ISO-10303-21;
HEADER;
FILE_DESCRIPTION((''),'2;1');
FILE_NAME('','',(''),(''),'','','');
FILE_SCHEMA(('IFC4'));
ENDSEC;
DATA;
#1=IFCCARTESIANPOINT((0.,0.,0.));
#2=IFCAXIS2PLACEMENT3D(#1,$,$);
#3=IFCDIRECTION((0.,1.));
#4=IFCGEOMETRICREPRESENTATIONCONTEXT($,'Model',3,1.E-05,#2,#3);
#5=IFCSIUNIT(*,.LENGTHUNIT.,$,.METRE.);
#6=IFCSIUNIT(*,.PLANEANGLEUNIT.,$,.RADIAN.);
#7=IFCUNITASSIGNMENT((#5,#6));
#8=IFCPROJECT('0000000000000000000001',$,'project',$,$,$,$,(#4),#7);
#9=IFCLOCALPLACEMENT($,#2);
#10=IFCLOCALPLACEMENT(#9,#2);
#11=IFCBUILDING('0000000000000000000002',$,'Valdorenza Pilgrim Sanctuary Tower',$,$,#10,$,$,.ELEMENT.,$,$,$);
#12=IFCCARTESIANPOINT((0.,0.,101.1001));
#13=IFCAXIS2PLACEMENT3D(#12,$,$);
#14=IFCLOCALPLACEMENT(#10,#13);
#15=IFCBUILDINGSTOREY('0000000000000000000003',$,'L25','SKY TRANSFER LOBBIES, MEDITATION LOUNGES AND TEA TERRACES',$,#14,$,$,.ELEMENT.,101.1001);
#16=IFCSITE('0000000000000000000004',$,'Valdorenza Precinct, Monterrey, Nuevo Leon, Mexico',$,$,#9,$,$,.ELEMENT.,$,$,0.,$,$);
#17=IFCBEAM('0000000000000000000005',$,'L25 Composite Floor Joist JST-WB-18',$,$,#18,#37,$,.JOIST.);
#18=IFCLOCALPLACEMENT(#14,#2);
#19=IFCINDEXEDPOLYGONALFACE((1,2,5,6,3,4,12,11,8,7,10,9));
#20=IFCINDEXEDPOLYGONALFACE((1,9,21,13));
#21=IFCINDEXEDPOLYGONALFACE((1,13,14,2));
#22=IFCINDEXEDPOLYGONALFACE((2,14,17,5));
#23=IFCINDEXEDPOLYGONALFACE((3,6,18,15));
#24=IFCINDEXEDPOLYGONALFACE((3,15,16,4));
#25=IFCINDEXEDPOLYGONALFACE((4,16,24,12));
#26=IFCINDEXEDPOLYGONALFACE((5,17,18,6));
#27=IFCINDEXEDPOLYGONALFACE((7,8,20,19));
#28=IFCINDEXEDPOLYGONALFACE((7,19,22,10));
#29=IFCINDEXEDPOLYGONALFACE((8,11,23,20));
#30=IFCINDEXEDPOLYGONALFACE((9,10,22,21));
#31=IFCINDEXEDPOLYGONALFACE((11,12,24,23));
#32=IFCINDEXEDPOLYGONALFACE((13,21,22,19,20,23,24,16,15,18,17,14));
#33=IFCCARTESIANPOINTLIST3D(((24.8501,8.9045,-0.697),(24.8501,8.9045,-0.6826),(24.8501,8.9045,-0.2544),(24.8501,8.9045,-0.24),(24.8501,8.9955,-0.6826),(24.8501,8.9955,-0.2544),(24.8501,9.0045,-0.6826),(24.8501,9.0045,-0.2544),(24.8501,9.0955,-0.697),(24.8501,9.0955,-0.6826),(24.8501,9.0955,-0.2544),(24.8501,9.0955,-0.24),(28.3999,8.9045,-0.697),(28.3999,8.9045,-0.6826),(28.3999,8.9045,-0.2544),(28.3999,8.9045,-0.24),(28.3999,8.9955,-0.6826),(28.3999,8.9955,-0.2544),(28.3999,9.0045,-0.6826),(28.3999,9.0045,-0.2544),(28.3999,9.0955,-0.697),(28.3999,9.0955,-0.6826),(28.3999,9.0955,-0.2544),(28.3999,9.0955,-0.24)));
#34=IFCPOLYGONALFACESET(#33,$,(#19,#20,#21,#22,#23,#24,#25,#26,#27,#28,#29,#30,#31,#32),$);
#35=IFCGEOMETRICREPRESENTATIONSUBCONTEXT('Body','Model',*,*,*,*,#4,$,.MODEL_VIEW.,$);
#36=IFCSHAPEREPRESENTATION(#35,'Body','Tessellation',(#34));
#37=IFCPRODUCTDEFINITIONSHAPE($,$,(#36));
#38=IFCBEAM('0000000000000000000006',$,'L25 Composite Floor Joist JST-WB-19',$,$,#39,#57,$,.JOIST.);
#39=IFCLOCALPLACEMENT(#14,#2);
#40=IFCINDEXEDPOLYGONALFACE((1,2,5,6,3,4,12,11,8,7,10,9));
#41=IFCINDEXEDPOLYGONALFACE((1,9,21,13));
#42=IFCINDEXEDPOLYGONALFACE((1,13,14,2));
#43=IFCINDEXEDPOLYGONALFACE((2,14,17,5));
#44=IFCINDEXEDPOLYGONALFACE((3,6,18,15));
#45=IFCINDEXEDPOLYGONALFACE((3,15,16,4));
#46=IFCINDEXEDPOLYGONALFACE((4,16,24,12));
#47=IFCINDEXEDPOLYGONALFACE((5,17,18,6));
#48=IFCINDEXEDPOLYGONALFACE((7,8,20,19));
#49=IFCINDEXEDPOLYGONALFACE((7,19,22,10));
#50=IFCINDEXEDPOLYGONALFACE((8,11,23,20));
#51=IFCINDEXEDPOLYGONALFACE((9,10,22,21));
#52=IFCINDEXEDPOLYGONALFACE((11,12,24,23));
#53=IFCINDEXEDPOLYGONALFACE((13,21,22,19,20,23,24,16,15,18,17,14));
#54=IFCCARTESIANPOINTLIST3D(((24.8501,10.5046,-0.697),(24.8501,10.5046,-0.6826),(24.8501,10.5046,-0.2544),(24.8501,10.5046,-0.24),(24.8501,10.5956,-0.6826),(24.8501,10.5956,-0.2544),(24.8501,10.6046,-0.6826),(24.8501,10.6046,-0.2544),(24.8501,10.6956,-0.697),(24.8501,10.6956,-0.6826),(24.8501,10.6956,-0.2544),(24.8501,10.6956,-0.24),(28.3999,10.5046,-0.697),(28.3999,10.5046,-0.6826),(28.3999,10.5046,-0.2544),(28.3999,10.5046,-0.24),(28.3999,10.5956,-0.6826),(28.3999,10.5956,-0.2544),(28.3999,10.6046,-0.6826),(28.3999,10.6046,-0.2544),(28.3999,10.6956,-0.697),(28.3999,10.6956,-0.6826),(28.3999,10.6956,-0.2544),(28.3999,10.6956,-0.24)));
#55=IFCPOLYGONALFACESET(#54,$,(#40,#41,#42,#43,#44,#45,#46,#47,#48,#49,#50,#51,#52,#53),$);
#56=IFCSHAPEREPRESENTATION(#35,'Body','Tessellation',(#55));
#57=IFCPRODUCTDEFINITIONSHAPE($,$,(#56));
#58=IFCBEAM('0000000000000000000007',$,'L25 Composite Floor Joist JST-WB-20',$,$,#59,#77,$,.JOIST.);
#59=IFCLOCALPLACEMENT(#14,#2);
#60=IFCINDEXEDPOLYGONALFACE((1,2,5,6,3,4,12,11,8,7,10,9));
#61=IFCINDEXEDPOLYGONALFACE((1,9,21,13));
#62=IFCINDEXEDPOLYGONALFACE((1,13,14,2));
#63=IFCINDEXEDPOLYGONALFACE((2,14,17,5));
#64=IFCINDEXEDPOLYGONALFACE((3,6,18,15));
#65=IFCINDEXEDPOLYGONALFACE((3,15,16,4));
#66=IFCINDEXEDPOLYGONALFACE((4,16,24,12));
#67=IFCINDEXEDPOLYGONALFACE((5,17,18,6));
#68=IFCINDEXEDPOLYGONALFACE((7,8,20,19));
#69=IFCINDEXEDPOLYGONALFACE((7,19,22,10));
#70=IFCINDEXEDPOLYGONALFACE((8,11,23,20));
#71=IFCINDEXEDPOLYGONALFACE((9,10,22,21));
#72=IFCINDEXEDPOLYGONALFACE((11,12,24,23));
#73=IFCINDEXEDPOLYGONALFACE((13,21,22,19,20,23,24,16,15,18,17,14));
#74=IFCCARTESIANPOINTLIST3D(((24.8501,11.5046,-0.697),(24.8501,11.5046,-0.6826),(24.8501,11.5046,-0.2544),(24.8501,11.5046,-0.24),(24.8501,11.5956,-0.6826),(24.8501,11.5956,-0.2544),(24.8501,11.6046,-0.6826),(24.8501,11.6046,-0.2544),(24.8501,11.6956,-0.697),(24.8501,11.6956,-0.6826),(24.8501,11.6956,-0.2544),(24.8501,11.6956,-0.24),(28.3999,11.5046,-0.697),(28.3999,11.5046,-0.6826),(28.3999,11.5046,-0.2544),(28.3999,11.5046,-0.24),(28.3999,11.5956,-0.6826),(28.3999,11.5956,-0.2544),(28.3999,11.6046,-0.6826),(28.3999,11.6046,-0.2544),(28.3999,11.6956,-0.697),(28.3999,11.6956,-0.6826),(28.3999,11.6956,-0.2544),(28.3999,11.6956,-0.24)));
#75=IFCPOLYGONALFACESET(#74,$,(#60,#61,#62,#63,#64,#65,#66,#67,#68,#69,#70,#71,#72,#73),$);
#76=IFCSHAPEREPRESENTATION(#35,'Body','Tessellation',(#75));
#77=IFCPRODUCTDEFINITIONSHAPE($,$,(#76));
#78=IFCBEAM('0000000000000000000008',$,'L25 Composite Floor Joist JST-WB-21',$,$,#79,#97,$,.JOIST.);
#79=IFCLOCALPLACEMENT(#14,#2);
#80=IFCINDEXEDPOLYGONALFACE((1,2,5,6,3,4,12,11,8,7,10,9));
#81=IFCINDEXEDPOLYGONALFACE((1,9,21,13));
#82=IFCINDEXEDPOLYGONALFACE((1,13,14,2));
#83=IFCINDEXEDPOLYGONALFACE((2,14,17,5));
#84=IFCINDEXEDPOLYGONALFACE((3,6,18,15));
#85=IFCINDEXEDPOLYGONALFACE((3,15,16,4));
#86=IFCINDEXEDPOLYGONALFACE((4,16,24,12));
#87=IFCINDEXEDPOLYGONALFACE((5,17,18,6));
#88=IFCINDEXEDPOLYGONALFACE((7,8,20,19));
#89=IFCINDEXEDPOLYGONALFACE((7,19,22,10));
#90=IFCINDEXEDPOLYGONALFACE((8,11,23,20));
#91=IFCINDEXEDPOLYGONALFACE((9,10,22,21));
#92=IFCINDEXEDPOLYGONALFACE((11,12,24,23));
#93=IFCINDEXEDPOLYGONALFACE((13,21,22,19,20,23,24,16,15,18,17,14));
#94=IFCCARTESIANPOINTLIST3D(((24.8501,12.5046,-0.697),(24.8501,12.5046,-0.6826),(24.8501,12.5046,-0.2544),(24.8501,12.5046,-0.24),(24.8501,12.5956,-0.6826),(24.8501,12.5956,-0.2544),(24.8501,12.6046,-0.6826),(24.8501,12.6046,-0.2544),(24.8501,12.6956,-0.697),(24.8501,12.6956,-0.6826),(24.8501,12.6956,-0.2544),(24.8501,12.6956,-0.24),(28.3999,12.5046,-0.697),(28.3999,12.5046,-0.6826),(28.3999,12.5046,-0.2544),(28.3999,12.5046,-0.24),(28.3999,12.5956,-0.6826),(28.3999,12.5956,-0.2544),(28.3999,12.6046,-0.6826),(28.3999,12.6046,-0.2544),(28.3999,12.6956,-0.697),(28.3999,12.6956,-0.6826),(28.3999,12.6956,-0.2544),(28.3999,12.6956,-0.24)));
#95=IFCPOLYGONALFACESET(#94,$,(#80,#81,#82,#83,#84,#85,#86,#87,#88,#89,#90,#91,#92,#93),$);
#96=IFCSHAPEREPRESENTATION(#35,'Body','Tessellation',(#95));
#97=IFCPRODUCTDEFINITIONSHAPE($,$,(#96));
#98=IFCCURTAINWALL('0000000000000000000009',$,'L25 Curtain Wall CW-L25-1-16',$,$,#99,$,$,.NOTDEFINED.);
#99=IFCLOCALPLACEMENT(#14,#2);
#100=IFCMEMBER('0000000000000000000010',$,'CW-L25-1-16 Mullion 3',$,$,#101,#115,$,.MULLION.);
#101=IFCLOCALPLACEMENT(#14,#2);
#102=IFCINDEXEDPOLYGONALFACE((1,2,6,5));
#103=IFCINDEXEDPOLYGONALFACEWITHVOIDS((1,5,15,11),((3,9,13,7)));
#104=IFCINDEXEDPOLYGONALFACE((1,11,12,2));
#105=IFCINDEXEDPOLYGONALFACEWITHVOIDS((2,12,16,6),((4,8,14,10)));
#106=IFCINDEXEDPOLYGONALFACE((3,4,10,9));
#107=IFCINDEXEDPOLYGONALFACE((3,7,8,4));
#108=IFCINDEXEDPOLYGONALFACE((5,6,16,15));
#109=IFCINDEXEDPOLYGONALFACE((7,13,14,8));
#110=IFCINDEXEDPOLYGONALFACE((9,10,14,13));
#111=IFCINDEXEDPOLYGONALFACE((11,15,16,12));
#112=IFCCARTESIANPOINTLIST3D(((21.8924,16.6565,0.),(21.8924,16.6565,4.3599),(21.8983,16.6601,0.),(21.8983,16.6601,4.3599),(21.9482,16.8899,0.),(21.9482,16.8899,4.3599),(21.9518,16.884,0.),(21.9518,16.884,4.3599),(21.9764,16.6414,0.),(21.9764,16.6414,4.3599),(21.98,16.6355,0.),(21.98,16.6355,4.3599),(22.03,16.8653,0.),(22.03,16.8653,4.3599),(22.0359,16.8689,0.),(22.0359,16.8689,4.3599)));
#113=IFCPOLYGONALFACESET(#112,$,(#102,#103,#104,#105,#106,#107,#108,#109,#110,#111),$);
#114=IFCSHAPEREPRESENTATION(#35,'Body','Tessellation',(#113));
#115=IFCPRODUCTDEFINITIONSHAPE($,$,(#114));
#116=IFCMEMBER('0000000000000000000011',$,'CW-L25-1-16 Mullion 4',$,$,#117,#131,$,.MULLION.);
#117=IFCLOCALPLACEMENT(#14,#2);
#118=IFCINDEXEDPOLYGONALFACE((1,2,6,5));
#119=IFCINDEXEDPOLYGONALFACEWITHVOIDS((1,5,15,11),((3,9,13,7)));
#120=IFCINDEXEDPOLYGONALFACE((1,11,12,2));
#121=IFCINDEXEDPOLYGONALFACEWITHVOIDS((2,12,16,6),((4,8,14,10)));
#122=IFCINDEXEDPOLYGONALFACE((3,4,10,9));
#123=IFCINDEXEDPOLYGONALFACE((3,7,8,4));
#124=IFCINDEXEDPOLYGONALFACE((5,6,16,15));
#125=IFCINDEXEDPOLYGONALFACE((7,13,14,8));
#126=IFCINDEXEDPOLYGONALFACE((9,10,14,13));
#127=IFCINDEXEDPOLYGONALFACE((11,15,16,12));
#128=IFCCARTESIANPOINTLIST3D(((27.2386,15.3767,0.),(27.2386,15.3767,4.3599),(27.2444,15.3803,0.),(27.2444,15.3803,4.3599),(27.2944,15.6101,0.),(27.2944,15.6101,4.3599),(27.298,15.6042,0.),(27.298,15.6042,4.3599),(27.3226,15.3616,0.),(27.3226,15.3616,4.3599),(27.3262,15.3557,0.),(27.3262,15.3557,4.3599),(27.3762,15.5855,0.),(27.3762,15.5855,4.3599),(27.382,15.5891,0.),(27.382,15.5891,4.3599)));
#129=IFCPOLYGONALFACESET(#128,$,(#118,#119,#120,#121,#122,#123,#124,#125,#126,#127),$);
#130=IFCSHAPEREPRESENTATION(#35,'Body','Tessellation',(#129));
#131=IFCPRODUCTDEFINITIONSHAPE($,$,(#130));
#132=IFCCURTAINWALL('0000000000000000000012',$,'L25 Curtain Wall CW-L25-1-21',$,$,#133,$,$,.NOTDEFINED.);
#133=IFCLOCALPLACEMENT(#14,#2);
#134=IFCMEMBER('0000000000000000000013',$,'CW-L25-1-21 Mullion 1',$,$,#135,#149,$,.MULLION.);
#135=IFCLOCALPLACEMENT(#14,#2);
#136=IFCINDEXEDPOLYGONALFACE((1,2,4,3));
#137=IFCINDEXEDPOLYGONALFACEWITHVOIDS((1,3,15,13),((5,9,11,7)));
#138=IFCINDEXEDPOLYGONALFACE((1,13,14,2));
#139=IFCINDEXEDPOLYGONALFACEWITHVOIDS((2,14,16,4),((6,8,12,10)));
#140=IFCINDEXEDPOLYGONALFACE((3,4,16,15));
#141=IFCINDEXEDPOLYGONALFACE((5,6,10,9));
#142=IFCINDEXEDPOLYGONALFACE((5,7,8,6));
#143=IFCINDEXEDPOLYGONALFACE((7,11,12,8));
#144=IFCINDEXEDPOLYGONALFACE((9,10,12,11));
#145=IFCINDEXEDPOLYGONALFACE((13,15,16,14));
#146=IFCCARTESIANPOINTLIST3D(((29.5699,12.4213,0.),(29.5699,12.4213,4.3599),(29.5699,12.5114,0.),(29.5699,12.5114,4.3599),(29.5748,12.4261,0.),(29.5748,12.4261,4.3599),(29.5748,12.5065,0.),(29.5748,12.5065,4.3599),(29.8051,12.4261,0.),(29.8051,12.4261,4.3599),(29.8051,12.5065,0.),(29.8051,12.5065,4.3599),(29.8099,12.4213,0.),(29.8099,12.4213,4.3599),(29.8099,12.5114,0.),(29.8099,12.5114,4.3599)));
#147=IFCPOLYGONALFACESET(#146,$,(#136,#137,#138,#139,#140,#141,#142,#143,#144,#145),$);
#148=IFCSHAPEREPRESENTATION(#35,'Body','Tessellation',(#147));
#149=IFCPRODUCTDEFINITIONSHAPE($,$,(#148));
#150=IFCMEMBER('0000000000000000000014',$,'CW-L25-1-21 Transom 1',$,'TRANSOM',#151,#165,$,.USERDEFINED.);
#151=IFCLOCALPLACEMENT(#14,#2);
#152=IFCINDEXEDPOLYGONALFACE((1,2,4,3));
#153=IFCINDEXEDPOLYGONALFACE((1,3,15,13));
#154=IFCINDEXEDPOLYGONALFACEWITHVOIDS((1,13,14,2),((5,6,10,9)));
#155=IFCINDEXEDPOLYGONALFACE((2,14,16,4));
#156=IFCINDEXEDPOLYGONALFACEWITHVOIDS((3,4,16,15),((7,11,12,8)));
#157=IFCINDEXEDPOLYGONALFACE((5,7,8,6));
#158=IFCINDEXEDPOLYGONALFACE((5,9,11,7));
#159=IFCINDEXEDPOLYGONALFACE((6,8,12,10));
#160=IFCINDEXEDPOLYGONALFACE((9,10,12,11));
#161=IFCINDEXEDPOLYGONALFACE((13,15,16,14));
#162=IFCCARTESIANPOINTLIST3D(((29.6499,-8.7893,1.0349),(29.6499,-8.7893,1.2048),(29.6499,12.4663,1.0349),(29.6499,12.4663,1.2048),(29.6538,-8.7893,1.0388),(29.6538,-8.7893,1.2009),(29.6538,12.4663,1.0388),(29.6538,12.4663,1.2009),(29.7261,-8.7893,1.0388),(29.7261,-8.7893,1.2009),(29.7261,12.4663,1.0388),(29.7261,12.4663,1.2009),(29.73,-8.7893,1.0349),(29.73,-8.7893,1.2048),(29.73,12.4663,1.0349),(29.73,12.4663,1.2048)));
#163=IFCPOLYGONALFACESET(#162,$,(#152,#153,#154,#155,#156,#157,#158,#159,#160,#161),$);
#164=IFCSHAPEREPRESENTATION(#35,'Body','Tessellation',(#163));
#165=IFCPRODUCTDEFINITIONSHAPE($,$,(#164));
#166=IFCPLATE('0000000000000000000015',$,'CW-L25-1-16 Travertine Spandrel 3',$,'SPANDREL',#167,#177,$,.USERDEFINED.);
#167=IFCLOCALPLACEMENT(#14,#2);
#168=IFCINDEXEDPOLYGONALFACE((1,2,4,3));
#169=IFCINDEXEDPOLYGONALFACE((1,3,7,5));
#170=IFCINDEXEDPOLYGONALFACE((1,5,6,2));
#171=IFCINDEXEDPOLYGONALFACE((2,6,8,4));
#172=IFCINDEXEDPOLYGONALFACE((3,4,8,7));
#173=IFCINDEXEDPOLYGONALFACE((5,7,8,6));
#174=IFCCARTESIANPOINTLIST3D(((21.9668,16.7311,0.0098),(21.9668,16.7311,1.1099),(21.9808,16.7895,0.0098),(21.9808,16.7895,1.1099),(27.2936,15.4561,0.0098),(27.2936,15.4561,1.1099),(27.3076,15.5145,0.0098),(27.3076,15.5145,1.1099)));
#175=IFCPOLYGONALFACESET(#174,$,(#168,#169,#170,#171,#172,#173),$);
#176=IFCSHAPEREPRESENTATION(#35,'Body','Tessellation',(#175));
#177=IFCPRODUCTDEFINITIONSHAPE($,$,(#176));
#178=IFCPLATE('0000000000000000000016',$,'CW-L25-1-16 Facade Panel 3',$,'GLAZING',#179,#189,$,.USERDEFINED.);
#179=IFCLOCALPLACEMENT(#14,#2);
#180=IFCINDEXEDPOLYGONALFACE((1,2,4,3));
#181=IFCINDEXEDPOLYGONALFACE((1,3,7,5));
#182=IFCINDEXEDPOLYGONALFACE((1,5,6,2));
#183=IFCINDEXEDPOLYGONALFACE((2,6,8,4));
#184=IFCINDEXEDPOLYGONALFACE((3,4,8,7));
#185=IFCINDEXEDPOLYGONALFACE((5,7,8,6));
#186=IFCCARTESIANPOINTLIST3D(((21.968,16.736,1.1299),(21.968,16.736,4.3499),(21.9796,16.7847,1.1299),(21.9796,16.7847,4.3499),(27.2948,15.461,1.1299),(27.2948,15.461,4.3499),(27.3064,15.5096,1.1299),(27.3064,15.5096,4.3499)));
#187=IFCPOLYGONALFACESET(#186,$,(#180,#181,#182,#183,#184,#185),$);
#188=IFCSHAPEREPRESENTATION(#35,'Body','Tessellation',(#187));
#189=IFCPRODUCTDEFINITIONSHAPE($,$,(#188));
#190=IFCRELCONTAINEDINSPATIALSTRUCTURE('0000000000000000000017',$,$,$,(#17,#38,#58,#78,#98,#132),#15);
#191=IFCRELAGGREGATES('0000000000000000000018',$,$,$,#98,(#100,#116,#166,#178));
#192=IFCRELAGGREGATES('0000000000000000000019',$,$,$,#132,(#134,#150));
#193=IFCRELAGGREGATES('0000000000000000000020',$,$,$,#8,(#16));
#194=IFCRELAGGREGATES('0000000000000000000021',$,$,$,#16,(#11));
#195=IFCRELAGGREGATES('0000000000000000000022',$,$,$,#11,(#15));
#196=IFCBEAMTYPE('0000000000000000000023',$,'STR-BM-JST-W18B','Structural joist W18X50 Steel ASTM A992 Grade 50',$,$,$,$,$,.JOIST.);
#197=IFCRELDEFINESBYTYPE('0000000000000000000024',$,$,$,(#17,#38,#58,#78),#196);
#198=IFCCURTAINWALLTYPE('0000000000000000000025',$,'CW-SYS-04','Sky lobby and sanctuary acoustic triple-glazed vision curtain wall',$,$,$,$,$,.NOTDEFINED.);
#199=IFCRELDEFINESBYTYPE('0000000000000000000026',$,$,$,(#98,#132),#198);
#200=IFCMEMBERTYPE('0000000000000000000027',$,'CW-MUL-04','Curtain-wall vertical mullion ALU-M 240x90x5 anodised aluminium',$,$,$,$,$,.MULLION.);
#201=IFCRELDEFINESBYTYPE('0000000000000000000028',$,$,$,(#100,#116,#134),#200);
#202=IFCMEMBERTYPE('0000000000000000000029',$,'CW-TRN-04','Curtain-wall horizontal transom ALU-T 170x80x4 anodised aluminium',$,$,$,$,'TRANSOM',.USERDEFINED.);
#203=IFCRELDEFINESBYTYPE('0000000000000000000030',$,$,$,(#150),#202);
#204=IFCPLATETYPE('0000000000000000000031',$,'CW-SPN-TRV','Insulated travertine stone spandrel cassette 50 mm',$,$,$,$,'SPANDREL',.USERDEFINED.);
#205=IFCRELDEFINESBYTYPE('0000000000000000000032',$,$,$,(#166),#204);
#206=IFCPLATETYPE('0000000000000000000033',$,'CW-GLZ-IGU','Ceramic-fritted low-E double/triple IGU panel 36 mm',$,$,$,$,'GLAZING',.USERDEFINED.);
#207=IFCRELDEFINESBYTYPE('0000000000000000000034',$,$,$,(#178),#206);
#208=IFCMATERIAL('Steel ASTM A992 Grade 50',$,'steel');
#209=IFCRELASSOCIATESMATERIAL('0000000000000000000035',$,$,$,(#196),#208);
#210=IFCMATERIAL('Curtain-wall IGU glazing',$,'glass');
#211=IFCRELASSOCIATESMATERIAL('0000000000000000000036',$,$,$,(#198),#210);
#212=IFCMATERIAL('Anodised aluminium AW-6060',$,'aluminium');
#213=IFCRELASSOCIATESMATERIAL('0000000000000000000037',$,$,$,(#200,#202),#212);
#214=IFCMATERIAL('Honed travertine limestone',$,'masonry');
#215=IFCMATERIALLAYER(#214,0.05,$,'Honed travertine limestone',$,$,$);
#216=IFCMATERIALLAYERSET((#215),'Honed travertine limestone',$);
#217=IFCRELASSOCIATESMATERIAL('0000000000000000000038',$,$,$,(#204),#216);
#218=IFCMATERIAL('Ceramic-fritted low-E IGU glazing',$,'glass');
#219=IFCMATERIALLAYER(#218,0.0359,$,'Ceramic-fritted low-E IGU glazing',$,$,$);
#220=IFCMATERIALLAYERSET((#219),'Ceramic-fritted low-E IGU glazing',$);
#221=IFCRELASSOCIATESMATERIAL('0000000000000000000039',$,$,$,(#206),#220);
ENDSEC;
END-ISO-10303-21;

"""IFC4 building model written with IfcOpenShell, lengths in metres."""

from ifc_helpers import new_model, si_unit, direction, frame, origin, origin_2d, place, context, subcontext, project, spatial, rectangle, hollow_rectangle, i_section, extrude, source, transform, mapped, material, layer, layer_set, material_profile, profile_set, type_object, element, aggregate, save


model = new_model("IFC4")

# Units and contexts
model_context = context("Model", 3, precision=1e-05, world=origin(), true_north=direction((0.0, 1.0)))
body_context = subcontext(model_context, "Body", "Model", "MODEL_VIEW")
ifc_project = project(units=[si_unit("LENGTHUNIT", "METRE"), si_unit("PLANEANGLEUNIT", "RADIAN")], contexts=[model_context])

# Site, building, storey
site_placement = place(None, origin())
site = spatial("IfcSite", under=ifc_project, at=site_placement, Name="Valdorenza Precinct, Monterrey, Nuevo Leon, Mexico", CompositionType="ELEMENT", RefElevation=0.0)
building_placement = place(site_placement, origin())
building = spatial("IfcBuilding", under=site, at=building_placement, Name="Valdorenza Pilgrim Sanctuary Tower", CompositionType="ELEMENT")
storey_placement = place(building_placement, frame((0.0, 0.0, 101.1001)))
storey = spatial("IfcBuildingStorey", under=building, at=storey_placement, Name="L25", Description="SKY TRANSFER LOBBIES, MEDITATION LOUNGES AND TEA TERRACES", CompositionType="ELEMENT", Elevation=101.1001)

# Shared definitions
ifc_material_1 = material(Name="Steel ASTM A992 Grade 50", Category="steel")

# Beams
ifc_material_profile_1 = material_profile(ifc_material_1, i_section(OverallWidth=0.1909, OverallDepth=0.457, WebThickness=0.009, FlangeThickness=0.0144, at=origin_2d()), Name="W18X50")
ifc_profile_set_1 = profile_set([ifc_material_profile_1], Name="Steel ASTM A992 Grade 50")
beam_type_1 = type_object("IfcBeamType", Name="STR-BM-JST-W18B", Description="Structural joist W18X50 Steel ASTM A992 Grade 50", PredefinedType="JOIST", material=ifc_profile_set_1)
shared_shape_1 = source(origin(), body_context, "Body", "SweptSolid", [
    extrude(i_section(OverallWidth=0.1909, OverallDepth=0.457, WebThickness=0.009, FlangeThickness=0.0144, at=origin_2d()), origin(), (0.0, 0.0, 1.0), 3.5498),
])
for number, where, z_axis, x_axis, name in (
    (1, (24.8501, 9.0, -0.4685), (1.0, 0.0, 0.0), (0.0, 1.0, 0.0), "L25 Composite Floor Joist JST-WB-18"),
    (2, (24.8501, 10.6001, -0.4685), (1.0, 0.0, 0.0), (0.0, 1.0, 0.0), "L25 Composite Floor Joist JST-WB-19"),
    (3, (24.8501, 11.6001, -0.4685), (1.0, 0.0, 0.0), (0.0, 1.0, 0.0), "L25 Composite Floor Joist JST-WB-20"),
    (4, (24.8501, 12.6001, -0.4685), (1.0, 0.0, 0.0), (0.0, 1.0, 0.0), "L25 Composite Floor Joist JST-WB-21"),
):
    element("IfcBeam", number, at=place(storey_placement, frame(where, z_axis=z_axis, x_axis=x_axis)), inside=storey, type_object=beam_type_1, Name=name, PredefinedType="JOIST", context=body_context, shape_type="MappedRepresentation", body=[
        mapped(shared_shape_1, transform((0.0, 0.0, 0.0), x_axis=(1.0, 0.0, 0.0), y_axis=(0.0, 1.0, 0.0), z_axis=(0.0, 0.0, 1.0), scale=1.0)),
    ])

# Curtain walls, members
ifc_material_2 = material(Name="Curtain-wall IGU glazing", Category="glass")
curtain_wall_type = type_object("IfcCurtainWallType", Name="CW-SYS-04", Description="Sky lobby and sanctuary acoustic triple-glazed vision curtain wall", PredefinedType="NOTDEFINED", material=ifc_material_2)
curtain_wall_1_placement = place(storey_placement, origin())
curtain_wall_1 = element("IfcCurtainWall", 5, at=curtain_wall_1_placement, inside=storey, type_object=curtain_wall_type, Name="L25 Curtain Wall CW-L25-1-16", PredefinedType="NOTDEFINED")
ifc_material_3 = material(Name="Anodised aluminium AW-6060", Category="aluminium")
ifc_material_profile_2 = material_profile(ifc_material_3, hollow_rectangle(XDim=0.0901, YDim=0.24, WallThickness=0.0049, at=origin_2d()), Name="ALU-M 240x90x5")
ifc_profile_set_2 = profile_set([ifc_material_profile_2], Name="Anodised aluminium AW-6060")
member_type_1 = type_object("IfcMemberType", Name="CW-MUL-04", Description="Curtain-wall vertical mullion ALU-M 240x90x5 anodised aluminium", PredefinedType="MULLION", material=ifc_profile_set_2)
shared_shape_2 = source(origin(), body_context, "Body", "SweptSolid", [
    extrude(hollow_rectangle(XDim=0.0901, YDim=0.24, WallThickness=0.0049, at=origin_2d()), origin(), (0.0, 0.0, 1.0), 4.3599),
])
member_1_placement = place(storey_placement, frame((21.9641, 16.7627, 0.0), z_axis=(0.0, 0.0, 1.0), x_axis=(0.972529, -0.232783, 0.0)))
member_1 = element("IfcMember", 6, at=member_1_placement, type_object=member_type_1, Name="CW-L25-1-16 Mullion 3", PredefinedType="MULLION", context=body_context, shape_type="MappedRepresentation", body=[
    mapped(shared_shape_2, transform((0.0, 0.0, 0.0), x_axis=(1.0, 0.0, 0.0), y_axis=(0.0, 1.0, 0.0), z_axis=(0.0, 0.0, 1.0), scale=1.0)),
])
member_2_placement = place(storey_placement, frame((27.3103, 15.4829, 0.0), z_axis=(0.0, 0.0, 1.0), x_axis=(0.972529, -0.232783, 0.0)))
member_2 = element("IfcMember", 7, at=member_2_placement, type_object=member_type_1, Name="CW-L25-1-16 Mullion 4", PredefinedType="MULLION", context=body_context, shape_type="MappedRepresentation", body=[
    mapped(shared_shape_2, transform((0.0, 0.0, 0.0), x_axis=(1.0, 0.0, 0.0), y_axis=(0.0, 1.0, 0.0), z_axis=(0.0, 0.0, 1.0), scale=1.0)),
])
curtain_wall_2_placement = place(storey_placement, origin())
curtain_wall_2 = element("IfcCurtainWall", 8, at=curtain_wall_2_placement, inside=storey, type_object=curtain_wall_type, Name="L25 Curtain Wall CW-L25-1-21", PredefinedType="NOTDEFINED")
member_3_placement = place(storey_placement, frame((29.6899, 12.4663, 0.0), z_axis=(0.0, 0.0, 1.0), x_axis=(0.0, -1.0, 0.0)))
member_3 = element("IfcMember", 9, at=member_3_placement, type_object=member_type_1, Name="CW-L25-1-21 Mullion 1", PredefinedType="MULLION", context=body_context, shape_type="MappedRepresentation", body=[
    mapped(shared_shape_2, transform((0.0, 0.0, 0.0), x_axis=(1.0, 0.0, 0.0), y_axis=(0.0, 1.0, 0.0), z_axis=(0.0, 0.0, 1.0), scale=1.0)),
])
ifc_material_profile_3 = material_profile(ifc_material_3, hollow_rectangle(XDim=0.0801, YDim=0.1699, WallThickness=0.0039, at=origin_2d()), Name="ALU-T 170x80x4")
ifc_profile_set_3 = profile_set([ifc_material_profile_3], Name="Anodised aluminium AW-6060")
member_type_2 = type_object("IfcMemberType", Name="CW-TRN-04", Description="Curtain-wall horizontal transom ALU-T 170x80x4 anodised aluminium", ElementType="TRANSOM", PredefinedType="USERDEFINED", material=ifc_profile_set_3)
shared_shape_3 = source(origin(), body_context, "Body", "SweptSolid", [
    extrude(hollow_rectangle(XDim=0.0801, YDim=0.1699, WallThickness=0.0039, at=origin_2d()), origin(), (0.0, 0.0, 1.0), 21.2556),
])
member_4_placement = place(storey_placement, frame((29.6899, 12.4663, 1.1199), z_axis=(0.0, -1.0, 0.0), x_axis=(1.0, 0.0, 0.0)))
member_4 = element("IfcMember", 10, at=member_4_placement, type_object=member_type_2, Name="CW-L25-1-21 Transom 1", ObjectType="TRANSOM", PredefinedType="USERDEFINED", context=body_context, shape_type="MappedRepresentation", body=[
    mapped(shared_shape_3, transform((0.0, 0.0, 0.0), x_axis=(1.0, 0.0, 0.0), y_axis=(0.0, 1.0, 0.0), z_axis=(0.0, 0.0, 1.0), scale=1.0)),
])

# Plates
ifc_material_4 = material(Name="Honed travertine limestone", Category="masonry")
ifc_layer_1 = layer(ifc_material_4, 0.05, Name="Honed travertine limestone")
ifc_layer_set_1 = layer_set([ifc_layer_1], Name="Honed travertine limestone")
plate_type_1 = type_object("IfcPlateType", Name="CW-SPN-TRV", Description="Insulated travertine stone spandrel cassette 50 mm", ElementType="SPANDREL", PredefinedType="USERDEFINED", material=ifc_layer_set_1)
shared_shape_4 = source(origin(), body_context, "Body", "SweptSolid", [
    extrude(rectangle(XDim=5.4773, YDim=0.0601, at=origin_2d()), origin(), (0.0, 0.0, 1.0), 1.1001),
])
plate_1_placement = place(storey_placement, frame((24.6372, 16.1228, 0.0098), z_axis=(0.0, 0.0, 1.0), x_axis=(0.972529, -0.232783, 0.0)))
plate_1 = element("IfcPlate", 11, at=plate_1_placement, type_object=plate_type_1, Name="CW-L25-1-16 Travertine Spandrel 3", ObjectType="SPANDREL", PredefinedType="USERDEFINED", context=body_context, shape_type="MappedRepresentation", body=[
    mapped(shared_shape_4, transform((0.0, 0.0, 0.0), x_axis=(1.0, 0.0, 0.0), y_axis=(0.0, 1.0, 0.0), z_axis=(0.0, 0.0, 1.0), scale=1.0)),
])
ifc_material_5 = material(Name="Ceramic-fritted low-E IGU glazing", Category="glass")
ifc_layer_2 = layer(ifc_material_5, 0.0359, Name="Ceramic-fritted low-E IGU glazing")
ifc_layer_set_2 = layer_set([ifc_layer_2], Name="Ceramic-fritted low-E IGU glazing")
plate_type_2 = type_object("IfcPlateType", Name="CW-GLZ-IGU", Description="Ceramic-fritted low-E double/triple IGU panel 36 mm", ElementType="GLAZING", PredefinedType="USERDEFINED", material=ifc_layer_set_2)
shared_shape_5 = source(origin(), body_context, "Body", "SweptSolid", [
    extrude(rectangle(XDim=5.4773, YDim=0.05, at=origin_2d()), origin(), (0.0, 0.0, 1.0), 3.22),
])
plate_2_placement = place(storey_placement, frame((24.6372, 16.1228, 1.1299), z_axis=(0.0, 0.0, 1.0), x_axis=(0.972529, -0.232783, 0.0)))
plate_2 = element("IfcPlate", 12, at=plate_2_placement, type_object=plate_type_2, Name="CW-L25-1-16 Facade Panel 3", ObjectType="GLAZING", PredefinedType="USERDEFINED", context=body_context, shape_type="MappedRepresentation", body=[
    mapped(shared_shape_5, transform((0.0, 0.0, 0.0), x_axis=(1.0, 0.0, 0.0), y_axis=(0.0, 1.0, 0.0), z_axis=(0.0, 0.0, 1.0), scale=1.0)),
])
aggregate(curtain_wall_1, [member_1, member_2, plate_1, plate_2])
aggregate(curtain_wall_2, [member_3, member_4])

save(model, "model.ifc")
